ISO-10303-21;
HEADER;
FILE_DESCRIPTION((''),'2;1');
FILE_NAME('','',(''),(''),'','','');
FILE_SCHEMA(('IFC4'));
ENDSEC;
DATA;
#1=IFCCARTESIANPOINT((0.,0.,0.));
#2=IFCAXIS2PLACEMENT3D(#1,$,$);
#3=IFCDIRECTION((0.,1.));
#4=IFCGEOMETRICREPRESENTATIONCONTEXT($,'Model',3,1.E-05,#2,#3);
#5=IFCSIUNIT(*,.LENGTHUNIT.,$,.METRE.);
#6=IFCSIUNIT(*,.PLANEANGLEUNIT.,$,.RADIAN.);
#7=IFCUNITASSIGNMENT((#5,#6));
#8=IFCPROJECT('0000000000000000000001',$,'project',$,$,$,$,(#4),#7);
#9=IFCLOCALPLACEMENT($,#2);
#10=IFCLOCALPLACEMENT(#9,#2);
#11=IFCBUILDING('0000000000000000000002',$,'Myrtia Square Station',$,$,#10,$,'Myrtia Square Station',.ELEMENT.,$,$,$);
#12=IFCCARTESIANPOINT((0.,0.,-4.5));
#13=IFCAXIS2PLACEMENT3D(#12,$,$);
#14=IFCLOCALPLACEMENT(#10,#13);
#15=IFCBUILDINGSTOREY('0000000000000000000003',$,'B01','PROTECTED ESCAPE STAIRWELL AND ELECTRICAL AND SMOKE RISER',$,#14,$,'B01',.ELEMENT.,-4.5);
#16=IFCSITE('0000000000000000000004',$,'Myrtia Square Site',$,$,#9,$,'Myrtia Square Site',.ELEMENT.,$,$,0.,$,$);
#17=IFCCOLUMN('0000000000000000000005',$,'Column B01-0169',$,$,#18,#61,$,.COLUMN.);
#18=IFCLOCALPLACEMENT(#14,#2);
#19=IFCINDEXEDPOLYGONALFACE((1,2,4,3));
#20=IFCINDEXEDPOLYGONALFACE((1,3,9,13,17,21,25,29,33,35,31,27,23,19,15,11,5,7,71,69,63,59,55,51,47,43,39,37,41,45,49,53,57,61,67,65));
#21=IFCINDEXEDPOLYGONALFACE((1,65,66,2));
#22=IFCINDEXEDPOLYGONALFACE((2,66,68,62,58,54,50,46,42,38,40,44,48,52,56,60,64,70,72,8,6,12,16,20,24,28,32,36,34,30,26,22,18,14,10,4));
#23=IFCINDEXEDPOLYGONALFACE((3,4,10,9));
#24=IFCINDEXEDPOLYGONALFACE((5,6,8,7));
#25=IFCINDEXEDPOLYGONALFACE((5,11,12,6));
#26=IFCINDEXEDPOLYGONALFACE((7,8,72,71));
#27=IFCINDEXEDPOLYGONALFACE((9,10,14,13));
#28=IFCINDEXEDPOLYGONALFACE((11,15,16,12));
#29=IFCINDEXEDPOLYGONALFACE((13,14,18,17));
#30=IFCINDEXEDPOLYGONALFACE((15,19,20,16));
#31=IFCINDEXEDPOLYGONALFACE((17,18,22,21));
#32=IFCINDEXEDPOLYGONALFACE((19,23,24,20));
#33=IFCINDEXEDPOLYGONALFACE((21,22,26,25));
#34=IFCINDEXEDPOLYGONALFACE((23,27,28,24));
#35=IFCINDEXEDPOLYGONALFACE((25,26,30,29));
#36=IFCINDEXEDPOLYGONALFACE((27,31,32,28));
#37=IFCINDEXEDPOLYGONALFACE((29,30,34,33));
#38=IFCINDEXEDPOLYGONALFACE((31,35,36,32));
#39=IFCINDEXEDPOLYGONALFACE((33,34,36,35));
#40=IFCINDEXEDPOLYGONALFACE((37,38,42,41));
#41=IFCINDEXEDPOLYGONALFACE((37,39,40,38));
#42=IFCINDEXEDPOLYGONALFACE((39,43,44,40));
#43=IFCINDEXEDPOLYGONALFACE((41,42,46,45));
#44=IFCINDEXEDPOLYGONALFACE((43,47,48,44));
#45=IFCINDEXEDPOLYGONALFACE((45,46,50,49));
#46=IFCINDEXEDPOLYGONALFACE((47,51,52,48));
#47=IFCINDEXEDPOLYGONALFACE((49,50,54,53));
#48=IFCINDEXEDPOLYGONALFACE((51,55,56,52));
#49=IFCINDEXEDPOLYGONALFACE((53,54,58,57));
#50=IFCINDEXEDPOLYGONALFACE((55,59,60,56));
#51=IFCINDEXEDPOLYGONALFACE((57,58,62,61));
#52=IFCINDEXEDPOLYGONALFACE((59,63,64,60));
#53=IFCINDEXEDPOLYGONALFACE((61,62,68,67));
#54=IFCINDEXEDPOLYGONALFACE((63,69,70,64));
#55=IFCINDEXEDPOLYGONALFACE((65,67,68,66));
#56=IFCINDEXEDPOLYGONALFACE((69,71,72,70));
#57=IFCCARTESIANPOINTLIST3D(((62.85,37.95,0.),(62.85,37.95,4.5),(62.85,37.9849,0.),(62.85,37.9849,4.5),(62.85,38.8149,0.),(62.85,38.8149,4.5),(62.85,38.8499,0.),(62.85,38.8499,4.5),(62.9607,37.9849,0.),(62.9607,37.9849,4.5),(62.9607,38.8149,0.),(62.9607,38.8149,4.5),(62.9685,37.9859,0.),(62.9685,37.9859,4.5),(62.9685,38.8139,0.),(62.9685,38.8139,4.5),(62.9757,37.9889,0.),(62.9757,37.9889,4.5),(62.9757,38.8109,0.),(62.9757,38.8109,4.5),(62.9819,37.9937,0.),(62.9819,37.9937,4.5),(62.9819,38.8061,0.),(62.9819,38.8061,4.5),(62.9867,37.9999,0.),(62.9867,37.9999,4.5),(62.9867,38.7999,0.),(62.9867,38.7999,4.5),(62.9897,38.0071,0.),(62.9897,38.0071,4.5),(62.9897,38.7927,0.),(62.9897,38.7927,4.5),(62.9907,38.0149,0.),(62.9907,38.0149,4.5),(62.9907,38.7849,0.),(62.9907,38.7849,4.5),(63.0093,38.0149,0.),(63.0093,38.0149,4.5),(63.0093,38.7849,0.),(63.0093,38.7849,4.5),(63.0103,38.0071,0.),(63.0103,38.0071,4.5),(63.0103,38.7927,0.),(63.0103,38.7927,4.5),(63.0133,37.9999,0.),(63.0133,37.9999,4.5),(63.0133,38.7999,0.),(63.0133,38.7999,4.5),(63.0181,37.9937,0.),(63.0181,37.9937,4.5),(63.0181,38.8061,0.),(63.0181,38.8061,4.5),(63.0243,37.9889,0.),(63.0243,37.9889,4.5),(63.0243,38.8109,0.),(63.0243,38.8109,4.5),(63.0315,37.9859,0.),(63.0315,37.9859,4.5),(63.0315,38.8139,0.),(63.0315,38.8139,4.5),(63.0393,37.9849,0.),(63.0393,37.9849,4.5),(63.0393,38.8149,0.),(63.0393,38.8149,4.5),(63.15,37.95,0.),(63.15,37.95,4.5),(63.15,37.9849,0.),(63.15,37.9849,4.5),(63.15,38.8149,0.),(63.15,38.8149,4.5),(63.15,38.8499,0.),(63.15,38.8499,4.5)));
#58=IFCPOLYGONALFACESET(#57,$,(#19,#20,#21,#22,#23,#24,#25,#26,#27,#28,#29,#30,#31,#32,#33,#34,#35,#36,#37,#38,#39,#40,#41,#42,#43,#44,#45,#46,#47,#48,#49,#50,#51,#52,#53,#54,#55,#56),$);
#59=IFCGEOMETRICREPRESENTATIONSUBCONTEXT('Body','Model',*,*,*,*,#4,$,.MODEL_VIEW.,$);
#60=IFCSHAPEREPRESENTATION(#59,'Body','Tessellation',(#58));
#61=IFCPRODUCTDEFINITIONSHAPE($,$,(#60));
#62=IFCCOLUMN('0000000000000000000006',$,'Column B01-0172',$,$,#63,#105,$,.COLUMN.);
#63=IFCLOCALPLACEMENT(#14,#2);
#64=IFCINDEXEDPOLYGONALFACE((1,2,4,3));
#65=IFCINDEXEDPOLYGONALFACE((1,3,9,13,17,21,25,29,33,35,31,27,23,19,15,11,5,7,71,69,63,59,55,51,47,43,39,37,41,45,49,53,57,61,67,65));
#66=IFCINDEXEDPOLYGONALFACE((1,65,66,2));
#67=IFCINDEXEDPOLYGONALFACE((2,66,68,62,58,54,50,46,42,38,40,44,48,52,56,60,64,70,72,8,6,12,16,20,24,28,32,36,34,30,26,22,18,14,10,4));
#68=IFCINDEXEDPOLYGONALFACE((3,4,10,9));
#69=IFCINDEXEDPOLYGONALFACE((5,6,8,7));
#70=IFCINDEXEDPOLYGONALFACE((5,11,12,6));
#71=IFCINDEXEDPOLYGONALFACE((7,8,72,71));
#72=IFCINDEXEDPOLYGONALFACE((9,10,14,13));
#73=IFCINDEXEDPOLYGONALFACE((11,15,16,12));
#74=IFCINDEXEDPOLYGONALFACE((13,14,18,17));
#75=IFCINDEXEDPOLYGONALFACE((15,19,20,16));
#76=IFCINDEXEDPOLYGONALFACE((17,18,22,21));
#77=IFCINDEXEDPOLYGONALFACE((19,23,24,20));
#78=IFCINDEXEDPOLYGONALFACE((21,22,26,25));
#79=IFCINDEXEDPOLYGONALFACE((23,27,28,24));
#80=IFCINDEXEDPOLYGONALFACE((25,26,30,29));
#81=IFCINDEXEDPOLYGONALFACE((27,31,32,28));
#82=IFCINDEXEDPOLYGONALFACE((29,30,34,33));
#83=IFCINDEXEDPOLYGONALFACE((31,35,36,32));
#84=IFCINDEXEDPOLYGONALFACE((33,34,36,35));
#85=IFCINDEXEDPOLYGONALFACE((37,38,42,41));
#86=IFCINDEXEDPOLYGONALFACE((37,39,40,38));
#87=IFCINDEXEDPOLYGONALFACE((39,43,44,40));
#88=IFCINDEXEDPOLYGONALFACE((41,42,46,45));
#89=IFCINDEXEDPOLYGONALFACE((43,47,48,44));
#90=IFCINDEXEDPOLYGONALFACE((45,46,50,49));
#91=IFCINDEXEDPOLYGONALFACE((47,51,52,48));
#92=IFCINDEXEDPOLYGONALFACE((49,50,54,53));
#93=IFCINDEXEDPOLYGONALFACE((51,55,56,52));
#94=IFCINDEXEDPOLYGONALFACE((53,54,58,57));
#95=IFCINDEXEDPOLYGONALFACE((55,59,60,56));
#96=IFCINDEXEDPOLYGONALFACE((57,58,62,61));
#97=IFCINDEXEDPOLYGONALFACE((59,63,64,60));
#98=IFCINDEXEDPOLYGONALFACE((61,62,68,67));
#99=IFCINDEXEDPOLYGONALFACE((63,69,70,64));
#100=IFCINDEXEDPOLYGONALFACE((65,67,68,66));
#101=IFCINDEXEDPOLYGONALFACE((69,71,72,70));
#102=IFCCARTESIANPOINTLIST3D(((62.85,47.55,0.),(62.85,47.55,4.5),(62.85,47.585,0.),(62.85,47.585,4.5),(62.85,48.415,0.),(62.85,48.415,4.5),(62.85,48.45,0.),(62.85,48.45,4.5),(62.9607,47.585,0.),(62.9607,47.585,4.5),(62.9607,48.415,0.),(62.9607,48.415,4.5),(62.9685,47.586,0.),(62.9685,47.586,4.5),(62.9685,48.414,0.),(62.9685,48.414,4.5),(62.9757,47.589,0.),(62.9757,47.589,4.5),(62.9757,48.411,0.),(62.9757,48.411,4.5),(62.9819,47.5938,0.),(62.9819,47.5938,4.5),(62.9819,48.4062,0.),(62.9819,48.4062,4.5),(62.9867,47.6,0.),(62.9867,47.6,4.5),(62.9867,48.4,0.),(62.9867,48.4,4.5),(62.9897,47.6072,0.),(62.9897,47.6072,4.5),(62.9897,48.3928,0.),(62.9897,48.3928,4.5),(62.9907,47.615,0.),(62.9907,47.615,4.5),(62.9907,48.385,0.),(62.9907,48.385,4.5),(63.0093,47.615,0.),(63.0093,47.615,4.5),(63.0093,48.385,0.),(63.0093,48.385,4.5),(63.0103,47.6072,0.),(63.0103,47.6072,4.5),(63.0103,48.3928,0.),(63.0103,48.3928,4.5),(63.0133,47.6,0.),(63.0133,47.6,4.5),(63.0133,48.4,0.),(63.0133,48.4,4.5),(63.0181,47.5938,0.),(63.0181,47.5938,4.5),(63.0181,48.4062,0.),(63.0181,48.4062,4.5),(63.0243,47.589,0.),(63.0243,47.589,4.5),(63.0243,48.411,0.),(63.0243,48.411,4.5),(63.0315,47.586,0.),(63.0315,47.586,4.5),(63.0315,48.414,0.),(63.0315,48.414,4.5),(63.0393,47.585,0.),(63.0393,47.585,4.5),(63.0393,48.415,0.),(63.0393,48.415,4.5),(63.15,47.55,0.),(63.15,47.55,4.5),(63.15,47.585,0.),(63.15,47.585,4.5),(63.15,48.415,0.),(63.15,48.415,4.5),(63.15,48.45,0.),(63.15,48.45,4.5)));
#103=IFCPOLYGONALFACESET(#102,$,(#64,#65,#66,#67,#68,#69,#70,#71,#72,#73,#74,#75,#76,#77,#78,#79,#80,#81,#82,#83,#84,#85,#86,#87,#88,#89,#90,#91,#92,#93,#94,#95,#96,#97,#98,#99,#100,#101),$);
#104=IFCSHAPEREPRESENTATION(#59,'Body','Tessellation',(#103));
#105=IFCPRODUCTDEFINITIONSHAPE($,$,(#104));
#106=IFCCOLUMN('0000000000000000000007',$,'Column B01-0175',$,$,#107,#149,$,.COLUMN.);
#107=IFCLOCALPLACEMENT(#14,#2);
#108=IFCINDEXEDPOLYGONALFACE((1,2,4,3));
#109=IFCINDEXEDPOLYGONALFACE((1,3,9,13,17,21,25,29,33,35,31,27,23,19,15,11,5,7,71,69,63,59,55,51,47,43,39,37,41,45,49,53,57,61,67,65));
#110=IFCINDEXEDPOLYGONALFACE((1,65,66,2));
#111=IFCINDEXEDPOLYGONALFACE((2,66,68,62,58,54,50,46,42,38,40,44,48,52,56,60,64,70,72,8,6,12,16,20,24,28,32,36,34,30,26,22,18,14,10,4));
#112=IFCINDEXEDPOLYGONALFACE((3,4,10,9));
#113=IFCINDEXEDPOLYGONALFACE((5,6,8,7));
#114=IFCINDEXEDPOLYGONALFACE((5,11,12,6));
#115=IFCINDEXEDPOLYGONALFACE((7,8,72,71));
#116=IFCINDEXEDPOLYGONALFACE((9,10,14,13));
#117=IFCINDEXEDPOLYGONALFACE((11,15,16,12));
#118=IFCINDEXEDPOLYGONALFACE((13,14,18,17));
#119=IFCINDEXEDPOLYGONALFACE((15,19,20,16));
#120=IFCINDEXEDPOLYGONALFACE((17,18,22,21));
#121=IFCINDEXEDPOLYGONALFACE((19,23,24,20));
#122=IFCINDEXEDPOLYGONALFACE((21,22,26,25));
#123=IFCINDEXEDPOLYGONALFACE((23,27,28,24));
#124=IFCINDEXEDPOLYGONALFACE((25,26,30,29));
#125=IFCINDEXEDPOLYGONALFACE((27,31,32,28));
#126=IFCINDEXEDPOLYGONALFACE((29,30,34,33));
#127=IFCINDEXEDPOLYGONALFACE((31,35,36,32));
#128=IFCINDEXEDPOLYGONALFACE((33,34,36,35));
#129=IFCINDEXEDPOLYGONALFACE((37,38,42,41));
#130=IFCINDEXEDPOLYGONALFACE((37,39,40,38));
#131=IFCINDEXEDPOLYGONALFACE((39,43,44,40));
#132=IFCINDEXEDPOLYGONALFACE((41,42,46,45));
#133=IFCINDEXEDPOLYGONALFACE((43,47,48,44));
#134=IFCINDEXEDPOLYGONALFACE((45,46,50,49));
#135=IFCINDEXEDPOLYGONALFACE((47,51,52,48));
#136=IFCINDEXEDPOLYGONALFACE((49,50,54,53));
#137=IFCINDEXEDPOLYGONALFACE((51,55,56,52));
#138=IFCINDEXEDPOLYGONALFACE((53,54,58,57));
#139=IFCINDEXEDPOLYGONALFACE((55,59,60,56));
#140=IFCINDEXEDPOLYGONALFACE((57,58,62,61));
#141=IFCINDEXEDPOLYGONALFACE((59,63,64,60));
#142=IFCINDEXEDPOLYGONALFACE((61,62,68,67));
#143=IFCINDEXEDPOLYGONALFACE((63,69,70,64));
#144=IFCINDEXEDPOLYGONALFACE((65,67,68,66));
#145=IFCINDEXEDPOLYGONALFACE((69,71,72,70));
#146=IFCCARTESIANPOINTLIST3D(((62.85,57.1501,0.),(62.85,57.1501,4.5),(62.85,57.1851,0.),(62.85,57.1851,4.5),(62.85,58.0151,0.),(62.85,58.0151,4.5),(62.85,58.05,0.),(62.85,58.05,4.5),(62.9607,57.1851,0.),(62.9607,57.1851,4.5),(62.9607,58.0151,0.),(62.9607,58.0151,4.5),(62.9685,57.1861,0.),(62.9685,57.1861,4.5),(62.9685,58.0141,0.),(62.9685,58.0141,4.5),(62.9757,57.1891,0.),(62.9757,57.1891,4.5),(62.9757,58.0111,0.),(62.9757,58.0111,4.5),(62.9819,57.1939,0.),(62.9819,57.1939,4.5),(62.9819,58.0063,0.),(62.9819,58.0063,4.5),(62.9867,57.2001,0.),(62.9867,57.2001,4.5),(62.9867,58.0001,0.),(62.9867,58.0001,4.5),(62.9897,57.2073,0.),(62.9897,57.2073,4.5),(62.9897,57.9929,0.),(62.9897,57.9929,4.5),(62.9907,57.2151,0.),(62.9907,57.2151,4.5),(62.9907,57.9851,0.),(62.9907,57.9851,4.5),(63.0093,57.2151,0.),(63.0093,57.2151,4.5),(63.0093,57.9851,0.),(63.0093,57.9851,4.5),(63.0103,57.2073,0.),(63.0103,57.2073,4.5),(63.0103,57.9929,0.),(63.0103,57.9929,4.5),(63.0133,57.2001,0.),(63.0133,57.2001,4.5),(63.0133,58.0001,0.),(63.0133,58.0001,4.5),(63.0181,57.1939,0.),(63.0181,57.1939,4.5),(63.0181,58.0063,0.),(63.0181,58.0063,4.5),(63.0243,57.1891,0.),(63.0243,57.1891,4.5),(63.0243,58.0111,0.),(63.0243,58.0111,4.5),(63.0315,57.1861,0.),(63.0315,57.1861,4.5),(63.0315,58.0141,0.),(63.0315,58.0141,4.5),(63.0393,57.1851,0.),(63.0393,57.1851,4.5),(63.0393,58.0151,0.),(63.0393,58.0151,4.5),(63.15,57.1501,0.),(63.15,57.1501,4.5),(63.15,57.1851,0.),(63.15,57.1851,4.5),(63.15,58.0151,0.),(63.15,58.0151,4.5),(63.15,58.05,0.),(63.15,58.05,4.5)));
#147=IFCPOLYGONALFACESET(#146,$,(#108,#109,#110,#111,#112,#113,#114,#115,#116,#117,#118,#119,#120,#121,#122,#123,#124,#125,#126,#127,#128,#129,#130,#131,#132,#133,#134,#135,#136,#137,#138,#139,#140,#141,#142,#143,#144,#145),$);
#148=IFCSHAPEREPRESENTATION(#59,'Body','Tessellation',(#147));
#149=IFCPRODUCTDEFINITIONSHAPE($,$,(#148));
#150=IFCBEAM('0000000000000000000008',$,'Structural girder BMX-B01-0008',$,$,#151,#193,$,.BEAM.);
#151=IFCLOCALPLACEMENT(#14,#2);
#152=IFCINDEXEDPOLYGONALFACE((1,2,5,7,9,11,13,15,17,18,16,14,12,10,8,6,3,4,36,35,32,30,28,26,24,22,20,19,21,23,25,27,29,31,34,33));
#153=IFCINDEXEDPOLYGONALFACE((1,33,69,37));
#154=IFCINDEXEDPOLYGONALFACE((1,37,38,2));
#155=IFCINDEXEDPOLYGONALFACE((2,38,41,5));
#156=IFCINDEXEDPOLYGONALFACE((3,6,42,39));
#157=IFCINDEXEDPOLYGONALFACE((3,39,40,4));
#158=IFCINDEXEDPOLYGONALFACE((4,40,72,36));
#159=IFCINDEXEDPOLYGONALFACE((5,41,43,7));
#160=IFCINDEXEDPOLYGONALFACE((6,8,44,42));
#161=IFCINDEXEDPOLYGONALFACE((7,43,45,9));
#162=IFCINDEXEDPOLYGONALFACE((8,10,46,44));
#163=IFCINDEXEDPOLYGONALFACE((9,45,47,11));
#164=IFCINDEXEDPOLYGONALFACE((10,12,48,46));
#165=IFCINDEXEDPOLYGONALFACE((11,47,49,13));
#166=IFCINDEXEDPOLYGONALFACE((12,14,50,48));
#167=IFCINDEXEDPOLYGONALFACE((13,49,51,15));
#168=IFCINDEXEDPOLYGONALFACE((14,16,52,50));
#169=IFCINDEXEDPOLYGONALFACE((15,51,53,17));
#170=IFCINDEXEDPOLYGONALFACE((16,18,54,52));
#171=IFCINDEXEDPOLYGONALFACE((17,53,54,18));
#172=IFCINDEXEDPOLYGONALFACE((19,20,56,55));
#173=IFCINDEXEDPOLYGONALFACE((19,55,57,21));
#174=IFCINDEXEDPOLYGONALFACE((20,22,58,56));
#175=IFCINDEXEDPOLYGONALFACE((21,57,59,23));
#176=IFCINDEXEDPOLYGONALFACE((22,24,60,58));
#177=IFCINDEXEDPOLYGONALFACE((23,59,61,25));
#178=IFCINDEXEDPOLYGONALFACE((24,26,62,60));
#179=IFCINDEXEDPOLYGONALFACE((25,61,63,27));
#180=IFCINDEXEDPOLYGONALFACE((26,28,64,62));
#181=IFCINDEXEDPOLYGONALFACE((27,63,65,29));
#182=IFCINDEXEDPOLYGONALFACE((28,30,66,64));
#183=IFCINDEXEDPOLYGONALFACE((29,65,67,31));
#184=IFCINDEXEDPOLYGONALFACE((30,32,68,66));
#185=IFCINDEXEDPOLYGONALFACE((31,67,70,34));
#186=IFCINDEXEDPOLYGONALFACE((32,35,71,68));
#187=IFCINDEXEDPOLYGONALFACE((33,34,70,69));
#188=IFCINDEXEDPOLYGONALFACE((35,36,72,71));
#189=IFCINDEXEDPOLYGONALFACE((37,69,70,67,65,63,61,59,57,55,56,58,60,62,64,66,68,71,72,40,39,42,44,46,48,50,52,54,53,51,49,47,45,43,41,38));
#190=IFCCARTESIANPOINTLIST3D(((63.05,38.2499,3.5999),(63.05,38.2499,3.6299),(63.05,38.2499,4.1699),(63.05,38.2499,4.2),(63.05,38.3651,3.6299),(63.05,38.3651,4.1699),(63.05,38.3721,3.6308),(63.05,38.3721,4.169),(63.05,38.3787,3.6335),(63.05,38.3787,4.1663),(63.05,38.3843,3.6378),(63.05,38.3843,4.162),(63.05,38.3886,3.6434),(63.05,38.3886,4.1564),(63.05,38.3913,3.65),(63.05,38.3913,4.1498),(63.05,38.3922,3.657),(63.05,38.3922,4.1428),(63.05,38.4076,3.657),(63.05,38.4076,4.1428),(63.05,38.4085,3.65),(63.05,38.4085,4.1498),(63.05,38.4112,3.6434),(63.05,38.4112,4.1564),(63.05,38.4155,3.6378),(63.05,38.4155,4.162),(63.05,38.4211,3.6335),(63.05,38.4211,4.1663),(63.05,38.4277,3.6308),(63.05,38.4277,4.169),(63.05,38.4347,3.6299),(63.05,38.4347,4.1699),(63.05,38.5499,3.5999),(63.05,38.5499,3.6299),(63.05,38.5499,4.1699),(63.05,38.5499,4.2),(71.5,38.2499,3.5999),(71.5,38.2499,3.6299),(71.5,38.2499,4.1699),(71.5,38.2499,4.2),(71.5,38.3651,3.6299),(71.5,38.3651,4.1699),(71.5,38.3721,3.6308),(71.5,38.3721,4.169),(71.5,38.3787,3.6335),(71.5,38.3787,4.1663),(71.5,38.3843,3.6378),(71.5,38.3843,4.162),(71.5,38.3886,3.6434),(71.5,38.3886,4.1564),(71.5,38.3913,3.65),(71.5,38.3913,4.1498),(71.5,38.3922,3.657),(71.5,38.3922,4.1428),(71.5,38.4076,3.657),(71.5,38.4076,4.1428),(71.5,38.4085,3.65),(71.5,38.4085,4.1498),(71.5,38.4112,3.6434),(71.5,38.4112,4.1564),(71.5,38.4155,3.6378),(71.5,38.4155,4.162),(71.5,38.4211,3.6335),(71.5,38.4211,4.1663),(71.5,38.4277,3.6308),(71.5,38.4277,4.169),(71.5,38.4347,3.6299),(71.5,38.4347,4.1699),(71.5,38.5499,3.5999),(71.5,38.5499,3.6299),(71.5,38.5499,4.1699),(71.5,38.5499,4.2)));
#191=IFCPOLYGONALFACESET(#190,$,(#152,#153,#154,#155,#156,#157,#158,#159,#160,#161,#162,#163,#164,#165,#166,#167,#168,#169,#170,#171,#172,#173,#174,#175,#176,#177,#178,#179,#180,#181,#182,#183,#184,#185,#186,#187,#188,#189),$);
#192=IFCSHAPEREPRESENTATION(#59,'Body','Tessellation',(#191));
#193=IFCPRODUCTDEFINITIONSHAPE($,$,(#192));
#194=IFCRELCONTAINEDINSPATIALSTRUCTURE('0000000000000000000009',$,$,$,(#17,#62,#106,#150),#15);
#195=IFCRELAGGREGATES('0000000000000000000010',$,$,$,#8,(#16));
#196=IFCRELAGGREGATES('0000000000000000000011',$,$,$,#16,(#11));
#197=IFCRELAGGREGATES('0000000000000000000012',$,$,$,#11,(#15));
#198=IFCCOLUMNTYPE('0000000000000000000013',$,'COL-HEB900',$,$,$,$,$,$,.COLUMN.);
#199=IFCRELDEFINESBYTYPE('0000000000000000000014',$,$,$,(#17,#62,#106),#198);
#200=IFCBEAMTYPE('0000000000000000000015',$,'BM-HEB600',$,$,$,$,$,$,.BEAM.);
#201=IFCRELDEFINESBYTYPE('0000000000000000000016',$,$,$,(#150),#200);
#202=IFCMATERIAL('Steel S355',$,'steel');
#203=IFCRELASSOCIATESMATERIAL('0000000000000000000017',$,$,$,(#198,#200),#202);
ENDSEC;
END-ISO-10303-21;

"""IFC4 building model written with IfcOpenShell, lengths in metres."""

from ifc_helpers import new_model, si_unit, direction, frame, origin, origin_2d, place, context, subcontext, project, spatial, i_section, extrude, material, material_profile, profile_set, type_object, element, save


model = new_model("IFC4")

# Units and contexts
model_context = context("Model", 3, precision=1e-05, world=origin(), true_north=direction((0.0, 1.0)))
body_context = subcontext(model_context, "Body", "Model", "MODEL_VIEW")
ifc_project = project(units=[si_unit("LENGTHUNIT", "METRE"), si_unit("PLANEANGLEUNIT", "RADIAN")], contexts=[model_context])

# Site, building, storey
site_placement = place(None, origin())
site = spatial("IfcSite", under=ifc_project, at=site_placement, Name="Myrtia Square Site", LongName="Myrtia Square Site", CompositionType="ELEMENT", RefElevation=0.0)
building_placement = place(site_placement, origin())
building = spatial("IfcBuilding", under=site, at=building_placement, Name="Myrtia Square Station", LongName="Myrtia Square Station", CompositionType="ELEMENT")
storey_placement = place(building_placement, frame((0.0, 0.0, -4.5)))
storey = spatial("IfcBuildingStorey", under=building, at=storey_placement, Name="B01", Description="PROTECTED ESCAPE STAIRWELL AND ELECTRICAL AND SMOKE RISER", LongName="B01", CompositionType="ELEMENT", Elevation=-4.5)

# Columns
ifc_material_1 = material(Name="Steel S355", Category="steel")
ifc_material_profile_1 = material_profile(ifc_material_1, i_section(OverallWidth=0.3, OverallDepth=0.8999, WebThickness=0.0186, FlangeThickness=0.0349, FilletRadius=0.03, at=origin_2d()), Name="HEB 900")
ifc_profile_set_1 = profile_set([ifc_material_profile_1], Name="Steel S355")
column_type = type_object("IfcColumnType", Name="COL-HEB900", PredefinedType="COLUMN", material=ifc_profile_set_1)
for number, where, z_axis, x_axis, name in (
    (1, (63.0, 38.3999, 0.0), (0.0, 0.0, 1.0), (1.0, 0.0, 0.0), "Column B01-0169"),
    (2, (63.0, 48.0, 0.0), (0.0, 0.0, 1.0), (1.0, 0.0, 0.0), "Column B01-0172"),
    (3, (63.0, 57.6001, 0.0), (0.0, 0.0, 1.0), (1.0, 0.0, 0.0), "Column B01-0175"),
):
    element("IfcColumn", number, at=place(storey_placement, frame(where, z_axis=z_axis, x_axis=x_axis)), inside=storey, type_object=column_type, Name=name, PredefinedType="COLUMN", context=body_context, shape_type="SweptSolid", body=[
        extrude(i_section(OverallWidth=0.3, OverallDepth=0.8999, WebThickness=0.0186, FlangeThickness=0.0349, FilletRadius=0.03, at=origin_2d()), origin(), (0.0, 0.0, 1.0), 4.5),
    ])

# Beam
ifc_material_profile_2 = material_profile(ifc_material_1, i_section(OverallWidth=0.3, OverallDepth=0.6001, WebThickness=0.0154, FlangeThickness=0.03, FilletRadius=0.0271, at=origin_2d()), Name="HEB 600")
ifc_profile_set_2 = profile_set([ifc_material_profile_2], Name="Steel S355")
beam_type_1 = type_object("IfcBeamType", Name="BM-HEB600", PredefinedType="BEAM", material=ifc_profile_set_2)
for number, where, z_axis, x_axis, name in (
    (4, (63.05, 38.3999, 3.8999), (1.0, 0.0, 0.0), (0.0, 1.0, 0.0), "Structural girder BMX-B01-0008"),
):
    element("IfcBeam", number, at=place(storey_placement, frame(where, z_axis=z_axis, x_axis=x_axis)), inside=storey, type_object=beam_type_1, Name=name, PredefinedType="BEAM", context=body_context, shape_type="SweptSolid", body=[
        extrude(i_section(OverallWidth=0.3, OverallDepth=0.6001, WebThickness=0.0154, FlangeThickness=0.03, FilletRadius=0.0271, at=origin_2d()), origin(), (0.0, 0.0, 1.0), 8.45),
    ])

save(model, "model.ifc")
